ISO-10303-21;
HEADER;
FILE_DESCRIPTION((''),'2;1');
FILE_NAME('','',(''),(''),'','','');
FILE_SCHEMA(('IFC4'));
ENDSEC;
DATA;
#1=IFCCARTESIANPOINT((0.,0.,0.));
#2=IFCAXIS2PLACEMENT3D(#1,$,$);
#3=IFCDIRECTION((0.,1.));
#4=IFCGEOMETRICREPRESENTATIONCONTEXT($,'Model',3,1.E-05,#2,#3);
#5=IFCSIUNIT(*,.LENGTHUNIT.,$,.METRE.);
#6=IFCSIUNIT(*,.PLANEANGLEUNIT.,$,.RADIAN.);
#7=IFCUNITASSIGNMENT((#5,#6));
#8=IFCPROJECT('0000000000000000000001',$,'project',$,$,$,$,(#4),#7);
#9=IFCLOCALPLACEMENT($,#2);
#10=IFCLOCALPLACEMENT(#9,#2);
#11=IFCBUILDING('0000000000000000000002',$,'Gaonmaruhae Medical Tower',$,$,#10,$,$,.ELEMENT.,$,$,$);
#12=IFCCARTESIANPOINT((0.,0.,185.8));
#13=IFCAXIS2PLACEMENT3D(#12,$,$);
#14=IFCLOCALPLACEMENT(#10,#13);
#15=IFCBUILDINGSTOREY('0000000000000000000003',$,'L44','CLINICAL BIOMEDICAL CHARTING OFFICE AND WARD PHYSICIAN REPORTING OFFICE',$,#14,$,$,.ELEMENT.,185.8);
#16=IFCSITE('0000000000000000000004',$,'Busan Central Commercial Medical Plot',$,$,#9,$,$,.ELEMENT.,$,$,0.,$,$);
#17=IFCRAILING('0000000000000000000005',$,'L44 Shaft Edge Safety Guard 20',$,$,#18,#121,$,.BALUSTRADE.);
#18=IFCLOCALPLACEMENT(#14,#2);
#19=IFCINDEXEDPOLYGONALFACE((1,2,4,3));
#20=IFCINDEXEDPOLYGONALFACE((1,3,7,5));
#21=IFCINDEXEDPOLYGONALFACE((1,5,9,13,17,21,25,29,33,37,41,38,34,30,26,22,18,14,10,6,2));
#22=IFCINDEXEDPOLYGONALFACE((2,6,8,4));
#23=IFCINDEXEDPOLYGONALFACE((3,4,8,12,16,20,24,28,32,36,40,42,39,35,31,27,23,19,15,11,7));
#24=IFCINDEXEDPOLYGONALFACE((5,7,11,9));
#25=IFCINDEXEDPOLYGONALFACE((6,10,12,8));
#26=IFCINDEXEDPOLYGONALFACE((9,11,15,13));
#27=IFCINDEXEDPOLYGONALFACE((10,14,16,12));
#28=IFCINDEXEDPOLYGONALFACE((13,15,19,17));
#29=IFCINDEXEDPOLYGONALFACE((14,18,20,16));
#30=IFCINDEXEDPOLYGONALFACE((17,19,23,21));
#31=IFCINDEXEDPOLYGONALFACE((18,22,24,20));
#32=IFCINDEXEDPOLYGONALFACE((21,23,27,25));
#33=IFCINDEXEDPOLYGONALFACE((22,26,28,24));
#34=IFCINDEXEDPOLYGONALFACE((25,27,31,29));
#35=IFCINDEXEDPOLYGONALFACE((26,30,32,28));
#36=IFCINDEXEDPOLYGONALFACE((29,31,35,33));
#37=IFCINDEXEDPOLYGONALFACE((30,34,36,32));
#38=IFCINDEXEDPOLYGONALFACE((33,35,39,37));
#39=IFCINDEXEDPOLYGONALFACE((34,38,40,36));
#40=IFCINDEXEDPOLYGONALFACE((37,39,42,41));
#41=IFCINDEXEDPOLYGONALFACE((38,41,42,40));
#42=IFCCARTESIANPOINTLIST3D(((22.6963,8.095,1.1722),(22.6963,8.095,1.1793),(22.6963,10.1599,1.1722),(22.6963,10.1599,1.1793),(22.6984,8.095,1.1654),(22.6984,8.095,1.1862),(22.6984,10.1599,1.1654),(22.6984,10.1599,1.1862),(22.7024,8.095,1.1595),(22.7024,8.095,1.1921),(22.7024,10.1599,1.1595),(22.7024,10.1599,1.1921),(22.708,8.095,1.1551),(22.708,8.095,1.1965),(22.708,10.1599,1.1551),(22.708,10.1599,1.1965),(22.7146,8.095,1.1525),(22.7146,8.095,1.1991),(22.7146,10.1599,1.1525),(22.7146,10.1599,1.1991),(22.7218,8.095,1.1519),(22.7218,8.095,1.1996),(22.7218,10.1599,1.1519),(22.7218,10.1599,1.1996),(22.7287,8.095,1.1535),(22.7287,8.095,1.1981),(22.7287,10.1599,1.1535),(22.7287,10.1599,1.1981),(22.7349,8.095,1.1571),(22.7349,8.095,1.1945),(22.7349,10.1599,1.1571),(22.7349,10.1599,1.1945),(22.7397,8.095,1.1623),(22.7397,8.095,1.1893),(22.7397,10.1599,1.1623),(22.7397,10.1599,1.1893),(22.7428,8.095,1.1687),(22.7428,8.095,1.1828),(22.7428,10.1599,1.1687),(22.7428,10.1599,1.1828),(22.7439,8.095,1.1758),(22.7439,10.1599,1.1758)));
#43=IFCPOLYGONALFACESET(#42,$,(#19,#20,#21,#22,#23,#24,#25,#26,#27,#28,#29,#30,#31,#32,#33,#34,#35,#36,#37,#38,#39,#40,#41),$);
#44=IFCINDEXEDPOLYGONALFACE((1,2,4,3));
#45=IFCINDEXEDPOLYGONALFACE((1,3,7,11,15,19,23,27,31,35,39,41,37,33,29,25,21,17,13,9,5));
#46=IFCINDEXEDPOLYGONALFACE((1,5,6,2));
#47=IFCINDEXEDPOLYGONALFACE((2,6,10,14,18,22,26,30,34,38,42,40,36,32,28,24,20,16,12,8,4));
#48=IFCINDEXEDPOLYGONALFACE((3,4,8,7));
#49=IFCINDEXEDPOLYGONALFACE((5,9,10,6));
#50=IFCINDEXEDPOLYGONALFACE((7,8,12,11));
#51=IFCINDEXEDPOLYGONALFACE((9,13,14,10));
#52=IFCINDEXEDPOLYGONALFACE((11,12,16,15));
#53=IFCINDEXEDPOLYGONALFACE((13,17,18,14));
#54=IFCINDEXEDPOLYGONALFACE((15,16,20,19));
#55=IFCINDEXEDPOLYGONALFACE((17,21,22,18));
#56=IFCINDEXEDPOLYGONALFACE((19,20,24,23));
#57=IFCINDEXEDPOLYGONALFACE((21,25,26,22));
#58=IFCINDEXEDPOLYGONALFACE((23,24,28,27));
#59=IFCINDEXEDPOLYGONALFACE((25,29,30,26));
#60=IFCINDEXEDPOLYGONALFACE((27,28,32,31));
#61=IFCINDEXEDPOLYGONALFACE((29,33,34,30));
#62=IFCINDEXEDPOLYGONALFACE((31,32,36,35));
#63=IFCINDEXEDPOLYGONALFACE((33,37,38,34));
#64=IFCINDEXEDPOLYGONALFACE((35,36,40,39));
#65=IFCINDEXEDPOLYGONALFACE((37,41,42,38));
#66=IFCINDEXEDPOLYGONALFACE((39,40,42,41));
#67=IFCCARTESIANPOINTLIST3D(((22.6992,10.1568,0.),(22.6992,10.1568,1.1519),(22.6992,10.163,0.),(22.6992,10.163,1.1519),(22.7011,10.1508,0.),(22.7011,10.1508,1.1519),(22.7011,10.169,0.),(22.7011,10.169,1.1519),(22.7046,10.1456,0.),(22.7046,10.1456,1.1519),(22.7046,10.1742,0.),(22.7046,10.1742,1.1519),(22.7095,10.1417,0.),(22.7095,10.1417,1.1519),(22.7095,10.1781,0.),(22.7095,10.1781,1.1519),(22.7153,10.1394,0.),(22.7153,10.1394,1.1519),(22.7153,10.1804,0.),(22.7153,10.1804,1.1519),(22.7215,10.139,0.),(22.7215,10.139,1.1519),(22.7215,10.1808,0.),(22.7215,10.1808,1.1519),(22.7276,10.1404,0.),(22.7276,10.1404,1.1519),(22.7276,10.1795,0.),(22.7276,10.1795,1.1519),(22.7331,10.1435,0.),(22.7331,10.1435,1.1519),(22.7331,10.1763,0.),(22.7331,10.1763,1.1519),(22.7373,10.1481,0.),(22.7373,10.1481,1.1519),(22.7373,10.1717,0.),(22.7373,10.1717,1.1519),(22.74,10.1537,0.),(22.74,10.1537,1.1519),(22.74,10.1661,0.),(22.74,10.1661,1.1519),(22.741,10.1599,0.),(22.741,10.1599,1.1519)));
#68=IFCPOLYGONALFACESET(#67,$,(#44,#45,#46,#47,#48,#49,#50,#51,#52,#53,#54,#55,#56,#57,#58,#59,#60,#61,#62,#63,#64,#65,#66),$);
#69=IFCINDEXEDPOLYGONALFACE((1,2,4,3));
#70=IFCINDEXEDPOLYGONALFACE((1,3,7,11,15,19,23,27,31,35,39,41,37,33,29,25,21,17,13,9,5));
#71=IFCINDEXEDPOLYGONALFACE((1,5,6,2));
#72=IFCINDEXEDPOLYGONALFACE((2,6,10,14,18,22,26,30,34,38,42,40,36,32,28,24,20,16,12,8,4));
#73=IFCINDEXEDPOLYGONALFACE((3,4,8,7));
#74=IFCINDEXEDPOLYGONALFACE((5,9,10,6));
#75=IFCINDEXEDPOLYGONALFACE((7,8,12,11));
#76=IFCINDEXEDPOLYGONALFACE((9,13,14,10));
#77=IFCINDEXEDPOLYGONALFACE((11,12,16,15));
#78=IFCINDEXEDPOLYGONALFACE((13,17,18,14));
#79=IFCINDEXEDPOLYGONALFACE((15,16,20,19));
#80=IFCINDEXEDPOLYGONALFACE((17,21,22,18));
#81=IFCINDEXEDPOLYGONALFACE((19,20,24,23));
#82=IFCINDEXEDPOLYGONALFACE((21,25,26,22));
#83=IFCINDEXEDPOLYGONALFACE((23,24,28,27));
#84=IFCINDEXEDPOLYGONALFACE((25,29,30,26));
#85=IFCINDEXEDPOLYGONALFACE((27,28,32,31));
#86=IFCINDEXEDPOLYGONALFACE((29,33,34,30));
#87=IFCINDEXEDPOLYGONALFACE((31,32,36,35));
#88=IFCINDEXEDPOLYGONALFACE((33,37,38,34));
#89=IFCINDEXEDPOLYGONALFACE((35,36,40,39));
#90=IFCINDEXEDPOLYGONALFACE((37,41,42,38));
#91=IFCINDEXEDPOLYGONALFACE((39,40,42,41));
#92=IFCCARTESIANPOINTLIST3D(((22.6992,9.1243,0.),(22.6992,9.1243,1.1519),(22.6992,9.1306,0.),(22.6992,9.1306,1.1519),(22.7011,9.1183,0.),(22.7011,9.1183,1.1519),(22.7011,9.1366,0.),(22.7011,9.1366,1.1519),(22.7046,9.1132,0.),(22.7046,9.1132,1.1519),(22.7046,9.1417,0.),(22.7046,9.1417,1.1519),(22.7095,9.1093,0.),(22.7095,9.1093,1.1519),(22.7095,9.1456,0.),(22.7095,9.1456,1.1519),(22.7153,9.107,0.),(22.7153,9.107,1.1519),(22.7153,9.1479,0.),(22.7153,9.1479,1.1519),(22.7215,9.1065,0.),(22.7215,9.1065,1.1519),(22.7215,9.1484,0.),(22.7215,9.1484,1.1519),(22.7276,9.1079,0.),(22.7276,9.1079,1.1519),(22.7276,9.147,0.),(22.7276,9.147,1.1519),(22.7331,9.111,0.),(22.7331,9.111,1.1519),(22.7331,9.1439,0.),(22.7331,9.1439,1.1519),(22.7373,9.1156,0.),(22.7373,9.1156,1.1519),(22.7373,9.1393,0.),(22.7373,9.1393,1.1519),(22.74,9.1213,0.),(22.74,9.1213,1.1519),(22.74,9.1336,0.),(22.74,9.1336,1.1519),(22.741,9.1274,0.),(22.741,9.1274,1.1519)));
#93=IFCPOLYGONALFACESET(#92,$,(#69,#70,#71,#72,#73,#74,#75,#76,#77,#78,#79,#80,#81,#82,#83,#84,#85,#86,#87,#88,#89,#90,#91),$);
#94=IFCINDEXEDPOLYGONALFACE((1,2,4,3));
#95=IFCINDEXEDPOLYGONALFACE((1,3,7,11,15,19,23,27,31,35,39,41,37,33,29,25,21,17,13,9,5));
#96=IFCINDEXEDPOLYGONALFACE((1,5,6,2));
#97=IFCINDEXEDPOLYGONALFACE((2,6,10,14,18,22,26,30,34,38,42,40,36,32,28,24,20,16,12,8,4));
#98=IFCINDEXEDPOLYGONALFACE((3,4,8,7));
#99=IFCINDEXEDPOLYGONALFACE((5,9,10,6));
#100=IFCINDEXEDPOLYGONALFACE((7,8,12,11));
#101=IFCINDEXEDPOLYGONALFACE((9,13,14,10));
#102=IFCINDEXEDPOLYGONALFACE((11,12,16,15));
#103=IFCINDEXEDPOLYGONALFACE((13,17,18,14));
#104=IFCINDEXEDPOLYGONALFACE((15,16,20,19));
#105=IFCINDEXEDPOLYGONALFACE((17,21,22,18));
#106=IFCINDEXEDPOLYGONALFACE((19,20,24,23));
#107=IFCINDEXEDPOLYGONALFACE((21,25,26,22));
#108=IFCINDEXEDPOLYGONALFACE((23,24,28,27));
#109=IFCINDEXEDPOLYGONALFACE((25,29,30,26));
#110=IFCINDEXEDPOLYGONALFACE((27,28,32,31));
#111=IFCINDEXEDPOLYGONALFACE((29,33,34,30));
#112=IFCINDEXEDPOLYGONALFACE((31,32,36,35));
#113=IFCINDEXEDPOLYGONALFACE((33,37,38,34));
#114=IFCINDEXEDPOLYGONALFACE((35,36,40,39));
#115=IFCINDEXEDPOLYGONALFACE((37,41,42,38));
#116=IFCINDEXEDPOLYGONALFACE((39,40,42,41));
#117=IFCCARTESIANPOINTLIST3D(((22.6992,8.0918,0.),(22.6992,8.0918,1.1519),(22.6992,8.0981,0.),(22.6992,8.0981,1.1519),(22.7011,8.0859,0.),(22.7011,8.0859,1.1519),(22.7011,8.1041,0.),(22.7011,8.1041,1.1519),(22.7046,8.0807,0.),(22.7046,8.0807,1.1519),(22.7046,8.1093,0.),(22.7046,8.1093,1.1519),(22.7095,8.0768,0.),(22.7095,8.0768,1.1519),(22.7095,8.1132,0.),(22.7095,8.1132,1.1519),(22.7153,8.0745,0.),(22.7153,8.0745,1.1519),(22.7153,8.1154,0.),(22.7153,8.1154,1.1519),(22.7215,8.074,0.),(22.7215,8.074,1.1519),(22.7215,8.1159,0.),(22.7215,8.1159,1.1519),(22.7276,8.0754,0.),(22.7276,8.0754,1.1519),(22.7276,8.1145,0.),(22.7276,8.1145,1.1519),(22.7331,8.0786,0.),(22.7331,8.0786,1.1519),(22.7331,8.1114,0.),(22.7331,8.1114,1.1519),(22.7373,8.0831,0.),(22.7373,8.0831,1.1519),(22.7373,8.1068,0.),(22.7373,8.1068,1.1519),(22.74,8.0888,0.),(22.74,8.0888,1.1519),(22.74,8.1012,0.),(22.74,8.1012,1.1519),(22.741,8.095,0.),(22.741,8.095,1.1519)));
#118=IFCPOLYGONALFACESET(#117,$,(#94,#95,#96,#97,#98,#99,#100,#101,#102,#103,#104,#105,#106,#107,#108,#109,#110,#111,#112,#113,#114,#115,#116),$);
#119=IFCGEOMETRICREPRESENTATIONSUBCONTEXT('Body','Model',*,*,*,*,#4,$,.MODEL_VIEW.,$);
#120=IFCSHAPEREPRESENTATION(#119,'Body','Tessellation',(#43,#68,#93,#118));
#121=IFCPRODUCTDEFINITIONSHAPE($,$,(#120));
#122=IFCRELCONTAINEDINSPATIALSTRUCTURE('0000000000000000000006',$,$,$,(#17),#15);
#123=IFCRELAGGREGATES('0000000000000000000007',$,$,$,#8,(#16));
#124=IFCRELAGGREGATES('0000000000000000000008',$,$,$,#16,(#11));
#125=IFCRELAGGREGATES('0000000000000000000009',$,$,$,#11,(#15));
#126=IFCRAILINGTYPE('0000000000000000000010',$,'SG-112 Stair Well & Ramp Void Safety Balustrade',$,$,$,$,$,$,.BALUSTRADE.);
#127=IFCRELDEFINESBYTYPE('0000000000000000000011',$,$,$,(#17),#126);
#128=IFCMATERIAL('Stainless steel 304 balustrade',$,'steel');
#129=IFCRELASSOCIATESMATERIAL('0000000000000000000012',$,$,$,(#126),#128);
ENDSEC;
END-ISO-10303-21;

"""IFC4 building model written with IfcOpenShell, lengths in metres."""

from ifc_helpers import new_model, si_unit, direction, frame, origin, origin_2d, place, context, subcontext, project, spatial, circle, extrude, material, type_object, element, save


model = new_model("IFC4")

# Units and contexts
model_context = context("Model", 3, precision=1e-05, world=origin(), true_north=direction((0.0, 1.0)))
body_context = subcontext(model_context, "Body", "Model", "MODEL_VIEW")
ifc_project = project(units=[si_unit("LENGTHUNIT", "METRE"), si_unit("PLANEANGLEUNIT", "RADIAN")], contexts=[model_context])

# Site, building, storey
site_placement = place(None, origin())
site = spatial("IfcSite", under=ifc_project, at=site_placement, Name="Busan Central Commercial Medical Plot", CompositionType="ELEMENT", RefElevation=0.0)
building_placement = place(site_placement, origin())
building = spatial("IfcBuilding", under=site, at=building_placement, Name="Gaonmaruhae Medical Tower", CompositionType="ELEMENT")
storey_placement = place(building_placement, frame((0.0, 0.0, 185.8)))
storey = spatial("IfcBuildingStorey", under=building, at=storey_placement, Name="L44", Description="CLINICAL BIOMEDICAL CHARTING OFFICE AND WARD PHYSICIAN REPORTING OFFICE", CompositionType="ELEMENT", Elevation=185.8)

# Railing
ifc_material_1 = material(Name="Stainless steel 304 balustrade", Category="steel")
railing_type_1 = type_object("IfcRailingType", Name="SG-112 Stair Well & Ramp Void Safety Balustrade", PredefinedType="BALUSTRADE", material=ifc_material_1)
railing_1_placement = place(storey_placement, frame((22.72, 10.1599, 0.0)))
element("IfcRailing", 1, at=railing_1_placement, inside=storey, type_object=railing_type_1, Name="L44 Shaft Edge Safety Guard 20", PredefinedType="BALUSTRADE", context=body_context, shape_type="SweptSolid", body=[
    extrude(circle(Radius=0.0239, at=origin_2d()), frame((0.0, 0.0, 1.1758), z_axis=(0.0, -1.0, 0.0), x_axis=(1.0, 0.0, 0.0)), (0.0, 0.0, 1.0), 2.0649),
    extrude(circle(Radius=0.021, at=origin_2d()), origin(), (0.0, 0.0, 1.0), 1.1519),
    extrude(circle(Radius=0.021, at=origin_2d()), frame((0.0, -1.0325, 0.0)), (0.0, 0.0, 1.0), 1.1519),
    extrude(circle(Radius=0.021, at=origin_2d()), frame((0.0, -2.0649, 0.0)), (0.0, 0.0, 1.0), 1.1519),
])

save(model, "model.ifc")
